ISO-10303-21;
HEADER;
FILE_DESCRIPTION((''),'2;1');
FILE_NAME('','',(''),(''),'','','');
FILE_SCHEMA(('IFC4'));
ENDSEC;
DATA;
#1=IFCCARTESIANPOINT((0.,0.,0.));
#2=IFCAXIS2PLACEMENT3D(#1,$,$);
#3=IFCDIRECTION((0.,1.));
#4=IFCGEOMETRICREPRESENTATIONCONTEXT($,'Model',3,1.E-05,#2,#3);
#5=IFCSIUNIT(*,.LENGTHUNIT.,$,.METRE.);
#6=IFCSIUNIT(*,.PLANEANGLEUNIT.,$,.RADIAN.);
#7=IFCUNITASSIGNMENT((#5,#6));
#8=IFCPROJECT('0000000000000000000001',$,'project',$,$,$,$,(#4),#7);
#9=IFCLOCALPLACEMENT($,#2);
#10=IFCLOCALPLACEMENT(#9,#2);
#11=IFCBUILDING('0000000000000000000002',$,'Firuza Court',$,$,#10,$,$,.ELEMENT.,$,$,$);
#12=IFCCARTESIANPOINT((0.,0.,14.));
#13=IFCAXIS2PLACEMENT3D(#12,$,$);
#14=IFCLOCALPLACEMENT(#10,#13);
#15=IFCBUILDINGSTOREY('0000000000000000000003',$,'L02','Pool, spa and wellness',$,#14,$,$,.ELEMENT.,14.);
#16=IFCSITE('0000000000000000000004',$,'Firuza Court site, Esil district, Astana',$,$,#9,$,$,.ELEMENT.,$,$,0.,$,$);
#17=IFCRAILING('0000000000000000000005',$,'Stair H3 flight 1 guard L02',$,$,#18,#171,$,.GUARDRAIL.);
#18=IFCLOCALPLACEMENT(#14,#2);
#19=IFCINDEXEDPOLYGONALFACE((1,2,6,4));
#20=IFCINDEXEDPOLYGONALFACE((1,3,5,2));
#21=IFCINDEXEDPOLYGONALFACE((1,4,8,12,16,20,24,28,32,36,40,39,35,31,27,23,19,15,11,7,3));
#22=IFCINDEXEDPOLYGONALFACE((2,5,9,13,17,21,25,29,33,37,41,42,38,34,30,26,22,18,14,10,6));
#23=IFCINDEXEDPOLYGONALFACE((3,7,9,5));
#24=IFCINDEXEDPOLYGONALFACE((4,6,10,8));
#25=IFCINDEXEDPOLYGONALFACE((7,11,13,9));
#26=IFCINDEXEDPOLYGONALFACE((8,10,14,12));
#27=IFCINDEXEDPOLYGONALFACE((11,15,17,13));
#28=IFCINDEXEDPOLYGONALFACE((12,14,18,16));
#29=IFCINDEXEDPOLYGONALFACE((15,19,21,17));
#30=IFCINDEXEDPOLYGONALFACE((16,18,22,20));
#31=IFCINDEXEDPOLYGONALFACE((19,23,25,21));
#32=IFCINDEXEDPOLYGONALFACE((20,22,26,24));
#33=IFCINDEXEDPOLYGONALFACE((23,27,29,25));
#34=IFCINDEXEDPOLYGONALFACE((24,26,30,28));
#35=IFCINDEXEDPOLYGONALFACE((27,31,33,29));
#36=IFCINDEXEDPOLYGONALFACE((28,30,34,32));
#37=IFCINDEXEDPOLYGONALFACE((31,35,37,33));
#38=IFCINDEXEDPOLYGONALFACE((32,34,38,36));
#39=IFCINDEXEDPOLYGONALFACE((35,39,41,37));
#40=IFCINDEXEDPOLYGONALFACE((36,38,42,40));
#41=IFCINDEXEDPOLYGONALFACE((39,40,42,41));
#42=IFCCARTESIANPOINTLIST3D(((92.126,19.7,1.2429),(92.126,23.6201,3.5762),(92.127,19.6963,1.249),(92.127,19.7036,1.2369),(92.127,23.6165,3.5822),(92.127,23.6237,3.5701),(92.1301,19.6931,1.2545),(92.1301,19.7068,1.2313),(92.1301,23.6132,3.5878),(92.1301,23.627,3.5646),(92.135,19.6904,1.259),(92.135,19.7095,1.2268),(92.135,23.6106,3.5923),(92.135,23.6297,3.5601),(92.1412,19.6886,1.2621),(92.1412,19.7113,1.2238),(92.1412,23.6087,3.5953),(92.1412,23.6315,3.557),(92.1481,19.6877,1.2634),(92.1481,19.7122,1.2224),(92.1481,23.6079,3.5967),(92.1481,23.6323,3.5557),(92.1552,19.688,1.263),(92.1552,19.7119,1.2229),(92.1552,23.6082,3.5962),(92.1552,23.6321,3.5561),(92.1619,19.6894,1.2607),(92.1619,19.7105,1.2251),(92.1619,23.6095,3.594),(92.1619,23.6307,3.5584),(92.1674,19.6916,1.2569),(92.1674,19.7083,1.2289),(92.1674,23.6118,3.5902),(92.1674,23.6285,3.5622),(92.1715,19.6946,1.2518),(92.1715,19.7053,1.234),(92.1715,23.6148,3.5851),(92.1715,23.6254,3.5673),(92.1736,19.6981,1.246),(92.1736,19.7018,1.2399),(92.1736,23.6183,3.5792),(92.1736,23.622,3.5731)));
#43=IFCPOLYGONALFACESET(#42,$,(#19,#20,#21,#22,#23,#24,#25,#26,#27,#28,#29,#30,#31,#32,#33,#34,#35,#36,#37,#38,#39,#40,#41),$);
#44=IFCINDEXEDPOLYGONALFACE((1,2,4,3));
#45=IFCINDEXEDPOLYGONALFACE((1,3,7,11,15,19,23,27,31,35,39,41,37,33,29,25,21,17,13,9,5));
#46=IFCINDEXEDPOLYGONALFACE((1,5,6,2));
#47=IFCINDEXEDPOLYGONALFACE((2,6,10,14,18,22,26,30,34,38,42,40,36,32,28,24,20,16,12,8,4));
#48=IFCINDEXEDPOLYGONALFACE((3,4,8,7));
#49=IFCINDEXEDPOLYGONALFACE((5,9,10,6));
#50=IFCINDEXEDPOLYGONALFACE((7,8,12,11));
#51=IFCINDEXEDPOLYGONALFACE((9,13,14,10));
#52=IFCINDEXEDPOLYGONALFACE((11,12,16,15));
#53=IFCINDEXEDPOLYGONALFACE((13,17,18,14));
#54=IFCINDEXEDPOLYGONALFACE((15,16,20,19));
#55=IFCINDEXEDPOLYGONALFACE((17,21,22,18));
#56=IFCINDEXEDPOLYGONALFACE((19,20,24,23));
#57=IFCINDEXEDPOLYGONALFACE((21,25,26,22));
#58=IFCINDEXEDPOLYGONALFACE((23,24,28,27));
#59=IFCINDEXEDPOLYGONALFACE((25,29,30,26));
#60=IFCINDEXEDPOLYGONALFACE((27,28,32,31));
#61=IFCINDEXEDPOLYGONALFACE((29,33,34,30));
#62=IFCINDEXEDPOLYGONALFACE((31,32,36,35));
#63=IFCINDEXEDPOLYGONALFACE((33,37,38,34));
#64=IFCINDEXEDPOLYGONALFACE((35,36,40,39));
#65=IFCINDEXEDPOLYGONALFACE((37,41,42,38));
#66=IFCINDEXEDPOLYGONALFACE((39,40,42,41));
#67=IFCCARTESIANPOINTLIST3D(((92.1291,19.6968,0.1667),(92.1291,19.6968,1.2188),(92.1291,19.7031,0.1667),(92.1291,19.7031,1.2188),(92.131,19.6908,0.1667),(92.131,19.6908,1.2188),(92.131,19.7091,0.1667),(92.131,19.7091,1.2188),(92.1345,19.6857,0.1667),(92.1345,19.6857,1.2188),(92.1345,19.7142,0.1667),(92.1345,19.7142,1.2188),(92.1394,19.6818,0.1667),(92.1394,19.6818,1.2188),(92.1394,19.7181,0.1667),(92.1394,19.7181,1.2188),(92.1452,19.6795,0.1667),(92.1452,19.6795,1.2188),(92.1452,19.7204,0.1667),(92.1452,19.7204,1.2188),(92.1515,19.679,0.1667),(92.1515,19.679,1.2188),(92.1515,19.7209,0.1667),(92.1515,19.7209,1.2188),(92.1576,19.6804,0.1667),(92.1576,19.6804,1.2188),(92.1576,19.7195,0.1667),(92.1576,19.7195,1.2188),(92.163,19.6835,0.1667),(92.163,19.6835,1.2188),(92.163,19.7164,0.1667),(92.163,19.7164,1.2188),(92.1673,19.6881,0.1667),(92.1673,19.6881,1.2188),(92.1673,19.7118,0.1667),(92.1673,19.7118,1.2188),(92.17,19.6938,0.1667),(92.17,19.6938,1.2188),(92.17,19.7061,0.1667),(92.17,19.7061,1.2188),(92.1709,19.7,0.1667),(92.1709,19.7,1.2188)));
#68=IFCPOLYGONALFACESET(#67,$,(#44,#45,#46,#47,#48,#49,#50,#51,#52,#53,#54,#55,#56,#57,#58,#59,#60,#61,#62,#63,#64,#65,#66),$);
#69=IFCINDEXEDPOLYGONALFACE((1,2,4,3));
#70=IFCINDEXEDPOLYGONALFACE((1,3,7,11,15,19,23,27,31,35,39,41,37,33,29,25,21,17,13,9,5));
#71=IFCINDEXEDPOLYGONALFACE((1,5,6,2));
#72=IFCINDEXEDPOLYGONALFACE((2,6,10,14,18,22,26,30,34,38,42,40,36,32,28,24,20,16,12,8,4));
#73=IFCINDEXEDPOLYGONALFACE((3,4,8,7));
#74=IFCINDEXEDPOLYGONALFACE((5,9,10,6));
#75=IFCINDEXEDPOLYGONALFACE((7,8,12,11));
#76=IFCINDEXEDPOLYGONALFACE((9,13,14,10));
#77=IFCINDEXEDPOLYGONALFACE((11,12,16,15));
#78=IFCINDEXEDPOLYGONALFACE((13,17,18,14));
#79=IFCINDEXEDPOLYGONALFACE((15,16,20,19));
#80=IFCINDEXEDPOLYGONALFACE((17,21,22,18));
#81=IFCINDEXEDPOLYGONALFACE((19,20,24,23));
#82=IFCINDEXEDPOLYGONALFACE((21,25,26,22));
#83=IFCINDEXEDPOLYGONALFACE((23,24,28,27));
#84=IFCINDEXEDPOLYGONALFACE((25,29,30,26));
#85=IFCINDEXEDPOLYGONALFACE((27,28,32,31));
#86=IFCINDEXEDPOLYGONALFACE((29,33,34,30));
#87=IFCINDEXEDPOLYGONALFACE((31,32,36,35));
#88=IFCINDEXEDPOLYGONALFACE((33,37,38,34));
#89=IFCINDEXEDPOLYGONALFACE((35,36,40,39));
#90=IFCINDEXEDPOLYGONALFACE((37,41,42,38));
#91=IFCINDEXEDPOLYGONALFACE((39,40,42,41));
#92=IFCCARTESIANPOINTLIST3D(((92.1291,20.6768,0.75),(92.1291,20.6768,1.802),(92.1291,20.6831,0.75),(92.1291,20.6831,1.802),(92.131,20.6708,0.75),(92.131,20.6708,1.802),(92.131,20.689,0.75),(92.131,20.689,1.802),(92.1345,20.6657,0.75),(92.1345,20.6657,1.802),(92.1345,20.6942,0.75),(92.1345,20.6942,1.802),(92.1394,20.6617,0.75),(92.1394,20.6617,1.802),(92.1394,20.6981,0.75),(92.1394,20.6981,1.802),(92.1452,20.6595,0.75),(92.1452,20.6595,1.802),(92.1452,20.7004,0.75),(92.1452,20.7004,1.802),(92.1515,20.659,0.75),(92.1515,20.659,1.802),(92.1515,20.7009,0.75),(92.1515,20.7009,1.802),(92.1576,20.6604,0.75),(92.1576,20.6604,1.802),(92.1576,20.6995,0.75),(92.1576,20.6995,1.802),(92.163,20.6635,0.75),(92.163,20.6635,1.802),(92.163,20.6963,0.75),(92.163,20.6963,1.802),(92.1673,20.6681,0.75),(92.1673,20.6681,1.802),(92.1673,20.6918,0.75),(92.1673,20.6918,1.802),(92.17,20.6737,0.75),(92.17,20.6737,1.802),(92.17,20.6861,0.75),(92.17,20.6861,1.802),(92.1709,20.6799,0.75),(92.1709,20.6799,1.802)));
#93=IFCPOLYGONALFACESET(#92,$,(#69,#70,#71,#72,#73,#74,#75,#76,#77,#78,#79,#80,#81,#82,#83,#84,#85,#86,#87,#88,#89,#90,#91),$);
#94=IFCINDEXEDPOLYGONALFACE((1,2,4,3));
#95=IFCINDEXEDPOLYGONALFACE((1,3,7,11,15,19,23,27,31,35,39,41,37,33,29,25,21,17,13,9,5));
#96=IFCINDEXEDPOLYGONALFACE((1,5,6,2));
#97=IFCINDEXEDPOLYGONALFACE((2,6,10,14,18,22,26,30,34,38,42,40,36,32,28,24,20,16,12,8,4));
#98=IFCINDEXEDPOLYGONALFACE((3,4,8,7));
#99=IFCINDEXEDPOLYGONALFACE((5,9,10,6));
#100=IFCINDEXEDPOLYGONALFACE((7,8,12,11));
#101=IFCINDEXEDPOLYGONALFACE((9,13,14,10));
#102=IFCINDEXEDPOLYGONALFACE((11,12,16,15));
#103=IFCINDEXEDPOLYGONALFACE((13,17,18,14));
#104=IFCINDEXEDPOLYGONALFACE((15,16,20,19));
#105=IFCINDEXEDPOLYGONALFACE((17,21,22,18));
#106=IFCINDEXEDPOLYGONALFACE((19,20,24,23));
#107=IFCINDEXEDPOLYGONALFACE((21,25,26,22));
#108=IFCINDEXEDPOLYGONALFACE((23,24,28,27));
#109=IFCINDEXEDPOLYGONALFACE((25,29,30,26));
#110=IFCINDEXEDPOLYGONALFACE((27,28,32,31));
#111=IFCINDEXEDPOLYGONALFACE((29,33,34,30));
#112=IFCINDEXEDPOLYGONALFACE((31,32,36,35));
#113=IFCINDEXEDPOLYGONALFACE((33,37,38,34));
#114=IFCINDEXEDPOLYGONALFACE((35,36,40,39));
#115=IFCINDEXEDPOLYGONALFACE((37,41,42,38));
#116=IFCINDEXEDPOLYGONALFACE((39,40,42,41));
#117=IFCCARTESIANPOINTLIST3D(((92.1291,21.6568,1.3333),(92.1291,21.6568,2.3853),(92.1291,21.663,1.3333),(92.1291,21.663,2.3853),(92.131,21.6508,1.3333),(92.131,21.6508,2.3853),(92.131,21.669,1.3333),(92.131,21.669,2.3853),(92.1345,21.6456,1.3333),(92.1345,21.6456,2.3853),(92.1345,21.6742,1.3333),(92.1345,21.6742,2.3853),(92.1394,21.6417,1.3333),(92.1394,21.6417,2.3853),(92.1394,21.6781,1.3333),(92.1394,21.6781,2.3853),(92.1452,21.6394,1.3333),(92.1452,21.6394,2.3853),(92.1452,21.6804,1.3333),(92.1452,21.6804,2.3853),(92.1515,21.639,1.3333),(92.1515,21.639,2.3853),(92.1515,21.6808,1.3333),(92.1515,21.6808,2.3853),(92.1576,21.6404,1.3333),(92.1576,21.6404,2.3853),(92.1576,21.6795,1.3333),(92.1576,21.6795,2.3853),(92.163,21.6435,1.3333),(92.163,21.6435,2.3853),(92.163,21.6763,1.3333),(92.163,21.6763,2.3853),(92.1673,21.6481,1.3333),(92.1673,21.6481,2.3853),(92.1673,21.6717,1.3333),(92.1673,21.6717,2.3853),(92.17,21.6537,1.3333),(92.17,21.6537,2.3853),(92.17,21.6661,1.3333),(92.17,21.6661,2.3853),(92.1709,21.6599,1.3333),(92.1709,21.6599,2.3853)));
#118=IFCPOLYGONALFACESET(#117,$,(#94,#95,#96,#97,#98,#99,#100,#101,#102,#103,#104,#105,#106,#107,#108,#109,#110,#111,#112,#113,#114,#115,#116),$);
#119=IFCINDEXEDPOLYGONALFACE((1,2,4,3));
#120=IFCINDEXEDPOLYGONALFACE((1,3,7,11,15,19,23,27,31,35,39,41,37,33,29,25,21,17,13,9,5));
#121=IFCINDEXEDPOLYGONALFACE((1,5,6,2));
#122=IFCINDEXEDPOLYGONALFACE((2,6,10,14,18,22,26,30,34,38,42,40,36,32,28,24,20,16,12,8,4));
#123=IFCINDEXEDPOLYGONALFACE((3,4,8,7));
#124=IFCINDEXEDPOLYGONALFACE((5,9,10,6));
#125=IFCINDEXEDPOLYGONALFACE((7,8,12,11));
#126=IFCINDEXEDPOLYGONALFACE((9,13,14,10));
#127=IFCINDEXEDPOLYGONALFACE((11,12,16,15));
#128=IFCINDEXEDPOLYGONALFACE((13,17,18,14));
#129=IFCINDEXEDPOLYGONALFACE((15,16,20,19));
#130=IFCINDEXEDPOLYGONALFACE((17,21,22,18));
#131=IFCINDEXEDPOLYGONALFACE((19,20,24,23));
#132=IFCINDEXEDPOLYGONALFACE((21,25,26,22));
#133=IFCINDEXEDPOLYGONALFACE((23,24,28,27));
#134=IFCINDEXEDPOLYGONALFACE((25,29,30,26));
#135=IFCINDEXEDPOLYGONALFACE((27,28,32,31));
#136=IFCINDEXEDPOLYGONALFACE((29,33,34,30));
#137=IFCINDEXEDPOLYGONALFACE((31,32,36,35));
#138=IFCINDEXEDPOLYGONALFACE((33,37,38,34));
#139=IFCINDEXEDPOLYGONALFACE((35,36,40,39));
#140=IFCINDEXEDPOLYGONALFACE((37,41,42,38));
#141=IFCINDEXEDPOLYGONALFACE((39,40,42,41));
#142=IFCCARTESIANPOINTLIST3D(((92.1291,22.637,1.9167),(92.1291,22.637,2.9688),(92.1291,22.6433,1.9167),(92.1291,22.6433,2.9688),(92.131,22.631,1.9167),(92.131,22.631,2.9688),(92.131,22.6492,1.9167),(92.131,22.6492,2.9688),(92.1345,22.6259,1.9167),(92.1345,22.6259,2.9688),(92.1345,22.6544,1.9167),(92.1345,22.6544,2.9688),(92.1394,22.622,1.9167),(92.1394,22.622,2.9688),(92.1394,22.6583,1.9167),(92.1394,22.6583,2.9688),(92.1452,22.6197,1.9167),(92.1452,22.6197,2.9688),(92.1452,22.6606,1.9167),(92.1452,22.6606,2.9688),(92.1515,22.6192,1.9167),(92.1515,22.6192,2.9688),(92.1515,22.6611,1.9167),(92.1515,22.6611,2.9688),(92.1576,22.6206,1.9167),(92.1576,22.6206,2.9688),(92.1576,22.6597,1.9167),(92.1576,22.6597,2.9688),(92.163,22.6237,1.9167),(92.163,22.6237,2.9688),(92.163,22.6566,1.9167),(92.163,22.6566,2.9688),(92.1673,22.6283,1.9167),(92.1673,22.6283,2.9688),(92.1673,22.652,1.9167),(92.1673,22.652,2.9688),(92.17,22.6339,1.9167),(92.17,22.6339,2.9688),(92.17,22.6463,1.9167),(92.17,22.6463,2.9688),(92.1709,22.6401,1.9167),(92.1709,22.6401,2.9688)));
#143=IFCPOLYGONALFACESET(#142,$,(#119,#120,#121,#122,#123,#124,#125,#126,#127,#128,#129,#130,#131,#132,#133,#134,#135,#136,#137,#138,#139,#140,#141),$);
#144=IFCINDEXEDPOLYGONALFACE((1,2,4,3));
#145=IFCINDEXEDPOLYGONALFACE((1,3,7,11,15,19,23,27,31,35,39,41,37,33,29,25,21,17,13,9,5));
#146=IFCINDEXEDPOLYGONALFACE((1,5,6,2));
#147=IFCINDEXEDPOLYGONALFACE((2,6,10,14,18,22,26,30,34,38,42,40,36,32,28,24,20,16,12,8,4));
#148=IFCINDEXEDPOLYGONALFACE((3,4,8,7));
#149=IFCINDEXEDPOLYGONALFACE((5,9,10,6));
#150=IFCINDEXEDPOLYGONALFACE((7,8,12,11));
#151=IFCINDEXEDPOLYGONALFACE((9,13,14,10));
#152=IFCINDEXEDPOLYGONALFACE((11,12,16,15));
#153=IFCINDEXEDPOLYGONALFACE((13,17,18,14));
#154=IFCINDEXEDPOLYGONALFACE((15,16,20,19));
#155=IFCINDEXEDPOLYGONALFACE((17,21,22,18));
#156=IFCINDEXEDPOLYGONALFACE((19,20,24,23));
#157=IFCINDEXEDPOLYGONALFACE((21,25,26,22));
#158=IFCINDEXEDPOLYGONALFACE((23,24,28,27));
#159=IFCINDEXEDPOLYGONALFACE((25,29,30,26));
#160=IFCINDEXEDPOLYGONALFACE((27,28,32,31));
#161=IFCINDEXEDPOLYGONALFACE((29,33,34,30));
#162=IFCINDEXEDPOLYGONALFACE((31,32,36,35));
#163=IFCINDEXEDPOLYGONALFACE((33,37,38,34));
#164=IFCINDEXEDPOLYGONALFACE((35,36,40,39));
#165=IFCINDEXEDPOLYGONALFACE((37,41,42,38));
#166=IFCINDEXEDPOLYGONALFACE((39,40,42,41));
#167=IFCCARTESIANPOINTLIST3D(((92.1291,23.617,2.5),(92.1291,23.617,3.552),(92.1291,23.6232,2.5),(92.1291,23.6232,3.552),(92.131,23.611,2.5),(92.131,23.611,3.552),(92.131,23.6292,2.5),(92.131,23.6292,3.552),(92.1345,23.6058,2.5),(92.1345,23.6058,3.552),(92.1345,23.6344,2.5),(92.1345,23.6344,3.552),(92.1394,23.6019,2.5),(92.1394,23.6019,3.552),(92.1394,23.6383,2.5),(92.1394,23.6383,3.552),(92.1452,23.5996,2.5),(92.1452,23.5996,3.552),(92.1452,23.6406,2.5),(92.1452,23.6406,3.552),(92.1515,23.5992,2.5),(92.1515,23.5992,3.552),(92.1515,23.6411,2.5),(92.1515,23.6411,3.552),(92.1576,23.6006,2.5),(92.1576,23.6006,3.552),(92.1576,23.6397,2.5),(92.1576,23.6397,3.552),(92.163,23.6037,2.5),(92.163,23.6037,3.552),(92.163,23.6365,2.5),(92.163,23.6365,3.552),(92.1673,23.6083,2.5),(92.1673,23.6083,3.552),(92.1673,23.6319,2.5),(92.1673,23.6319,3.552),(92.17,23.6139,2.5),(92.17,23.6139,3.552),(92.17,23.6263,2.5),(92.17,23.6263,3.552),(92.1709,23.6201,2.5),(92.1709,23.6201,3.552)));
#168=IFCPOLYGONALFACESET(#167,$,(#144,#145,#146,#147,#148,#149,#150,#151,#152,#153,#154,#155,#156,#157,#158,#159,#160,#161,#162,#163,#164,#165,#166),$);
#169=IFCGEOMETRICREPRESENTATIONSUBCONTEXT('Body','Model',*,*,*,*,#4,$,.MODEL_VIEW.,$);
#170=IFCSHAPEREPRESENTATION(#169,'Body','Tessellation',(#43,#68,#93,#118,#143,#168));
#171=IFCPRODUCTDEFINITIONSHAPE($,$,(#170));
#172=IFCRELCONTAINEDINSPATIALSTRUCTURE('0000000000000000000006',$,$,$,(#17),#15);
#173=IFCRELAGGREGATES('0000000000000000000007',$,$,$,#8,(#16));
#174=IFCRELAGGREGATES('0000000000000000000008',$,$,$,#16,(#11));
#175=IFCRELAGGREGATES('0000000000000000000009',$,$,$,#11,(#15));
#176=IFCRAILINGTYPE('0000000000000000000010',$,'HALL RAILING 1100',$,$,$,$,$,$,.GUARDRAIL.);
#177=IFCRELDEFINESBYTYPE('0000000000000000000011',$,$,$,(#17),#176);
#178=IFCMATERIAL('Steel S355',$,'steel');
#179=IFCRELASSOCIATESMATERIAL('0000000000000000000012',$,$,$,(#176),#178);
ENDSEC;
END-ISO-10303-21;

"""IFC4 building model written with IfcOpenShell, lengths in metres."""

from ifc_helpers import new_model, si_unit, direction, frame, origin, origin_2d, place, context, subcontext, project, spatial, circle, extrude, material, type_object, element, save


model = new_model("IFC4")

# Units and contexts
model_context = context("Model", 3, precision=1e-05, world=origin(), true_north=direction((0.0, 1.0)))
body_context = subcontext(model_context, "Body", "Model", "MODEL_VIEW")
ifc_project = project(units=[si_unit("LENGTHUNIT", "METRE"), si_unit("PLANEANGLEUNIT", "RADIAN")], contexts=[model_context])

# Site, building, storey
site_placement = place(None, origin())
site = spatial("IfcSite", under=ifc_project, at=site_placement, Name="Firuza Court site, Esil district, Astana", CompositionType="ELEMENT", RefElevation=0.0)
building_placement = place(site_placement, origin())
building = spatial("IfcBuilding", under=site, at=building_placement, Name="Firuza Court", CompositionType="ELEMENT")
storey_placement = place(building_placement, frame((0.0, 0.0, 14.0)))
storey = spatial("IfcBuildingStorey", under=building, at=storey_placement, Name="L02", Description="Pool, spa and wellness", CompositionType="ELEMENT", Elevation=14.0)

# Railing
ifc_material_1 = material(Name="Steel S355", Category="steel")
railing_type_1 = type_object("IfcRailingType", Name="HALL RAILING 1100", PredefinedType="GUARDRAIL", material=ifc_material_1)
railing_1_placement = place(storey_placement, frame((92.1499, 19.7, 0.1667)))
element("IfcRailing", 1, at=railing_1_placement, inside=storey, type_object=railing_type_1, Name="Stair H3 flight 1 guard L02", PredefinedType="GUARDRAIL", context=body_context, shape_type="SweptSolid", body=[
    extrude(circle(Radius=0.0239, at=origin_2d()), frame((0.0, 0.0, 1.0762), z_axis=(0.0, 0.85931, 0.511455), x_axis=(-1.0, 0.0, 0.0)), (0.0, 0.0, 1.0), 4.562),
    extrude(circle(Radius=0.021, at=origin_2d()), origin(), (0.0, 0.0, 1.0), 1.052),
    extrude(circle(Radius=0.021, at=origin_2d()), frame((0.0, 0.98, 0.5833)), (0.0, 0.0, 1.0), 1.052),
    extrude(circle(Radius=0.021, at=origin_2d()), frame((0.0, 1.96, 1.1665)), (0.0, 0.0, 1.0), 1.052),
    extrude(circle(Radius=0.021, at=origin_2d()), frame((0.0, 2.9402, 1.75)), (0.0, 0.0, 1.0), 1.052),
    extrude(circle(Radius=0.021, at=origin_2d()), frame((0.0, 3.9202, 2.3333)), (0.0, 0.0, 1.0), 1.052),
])

save(model, "model.ifc")
